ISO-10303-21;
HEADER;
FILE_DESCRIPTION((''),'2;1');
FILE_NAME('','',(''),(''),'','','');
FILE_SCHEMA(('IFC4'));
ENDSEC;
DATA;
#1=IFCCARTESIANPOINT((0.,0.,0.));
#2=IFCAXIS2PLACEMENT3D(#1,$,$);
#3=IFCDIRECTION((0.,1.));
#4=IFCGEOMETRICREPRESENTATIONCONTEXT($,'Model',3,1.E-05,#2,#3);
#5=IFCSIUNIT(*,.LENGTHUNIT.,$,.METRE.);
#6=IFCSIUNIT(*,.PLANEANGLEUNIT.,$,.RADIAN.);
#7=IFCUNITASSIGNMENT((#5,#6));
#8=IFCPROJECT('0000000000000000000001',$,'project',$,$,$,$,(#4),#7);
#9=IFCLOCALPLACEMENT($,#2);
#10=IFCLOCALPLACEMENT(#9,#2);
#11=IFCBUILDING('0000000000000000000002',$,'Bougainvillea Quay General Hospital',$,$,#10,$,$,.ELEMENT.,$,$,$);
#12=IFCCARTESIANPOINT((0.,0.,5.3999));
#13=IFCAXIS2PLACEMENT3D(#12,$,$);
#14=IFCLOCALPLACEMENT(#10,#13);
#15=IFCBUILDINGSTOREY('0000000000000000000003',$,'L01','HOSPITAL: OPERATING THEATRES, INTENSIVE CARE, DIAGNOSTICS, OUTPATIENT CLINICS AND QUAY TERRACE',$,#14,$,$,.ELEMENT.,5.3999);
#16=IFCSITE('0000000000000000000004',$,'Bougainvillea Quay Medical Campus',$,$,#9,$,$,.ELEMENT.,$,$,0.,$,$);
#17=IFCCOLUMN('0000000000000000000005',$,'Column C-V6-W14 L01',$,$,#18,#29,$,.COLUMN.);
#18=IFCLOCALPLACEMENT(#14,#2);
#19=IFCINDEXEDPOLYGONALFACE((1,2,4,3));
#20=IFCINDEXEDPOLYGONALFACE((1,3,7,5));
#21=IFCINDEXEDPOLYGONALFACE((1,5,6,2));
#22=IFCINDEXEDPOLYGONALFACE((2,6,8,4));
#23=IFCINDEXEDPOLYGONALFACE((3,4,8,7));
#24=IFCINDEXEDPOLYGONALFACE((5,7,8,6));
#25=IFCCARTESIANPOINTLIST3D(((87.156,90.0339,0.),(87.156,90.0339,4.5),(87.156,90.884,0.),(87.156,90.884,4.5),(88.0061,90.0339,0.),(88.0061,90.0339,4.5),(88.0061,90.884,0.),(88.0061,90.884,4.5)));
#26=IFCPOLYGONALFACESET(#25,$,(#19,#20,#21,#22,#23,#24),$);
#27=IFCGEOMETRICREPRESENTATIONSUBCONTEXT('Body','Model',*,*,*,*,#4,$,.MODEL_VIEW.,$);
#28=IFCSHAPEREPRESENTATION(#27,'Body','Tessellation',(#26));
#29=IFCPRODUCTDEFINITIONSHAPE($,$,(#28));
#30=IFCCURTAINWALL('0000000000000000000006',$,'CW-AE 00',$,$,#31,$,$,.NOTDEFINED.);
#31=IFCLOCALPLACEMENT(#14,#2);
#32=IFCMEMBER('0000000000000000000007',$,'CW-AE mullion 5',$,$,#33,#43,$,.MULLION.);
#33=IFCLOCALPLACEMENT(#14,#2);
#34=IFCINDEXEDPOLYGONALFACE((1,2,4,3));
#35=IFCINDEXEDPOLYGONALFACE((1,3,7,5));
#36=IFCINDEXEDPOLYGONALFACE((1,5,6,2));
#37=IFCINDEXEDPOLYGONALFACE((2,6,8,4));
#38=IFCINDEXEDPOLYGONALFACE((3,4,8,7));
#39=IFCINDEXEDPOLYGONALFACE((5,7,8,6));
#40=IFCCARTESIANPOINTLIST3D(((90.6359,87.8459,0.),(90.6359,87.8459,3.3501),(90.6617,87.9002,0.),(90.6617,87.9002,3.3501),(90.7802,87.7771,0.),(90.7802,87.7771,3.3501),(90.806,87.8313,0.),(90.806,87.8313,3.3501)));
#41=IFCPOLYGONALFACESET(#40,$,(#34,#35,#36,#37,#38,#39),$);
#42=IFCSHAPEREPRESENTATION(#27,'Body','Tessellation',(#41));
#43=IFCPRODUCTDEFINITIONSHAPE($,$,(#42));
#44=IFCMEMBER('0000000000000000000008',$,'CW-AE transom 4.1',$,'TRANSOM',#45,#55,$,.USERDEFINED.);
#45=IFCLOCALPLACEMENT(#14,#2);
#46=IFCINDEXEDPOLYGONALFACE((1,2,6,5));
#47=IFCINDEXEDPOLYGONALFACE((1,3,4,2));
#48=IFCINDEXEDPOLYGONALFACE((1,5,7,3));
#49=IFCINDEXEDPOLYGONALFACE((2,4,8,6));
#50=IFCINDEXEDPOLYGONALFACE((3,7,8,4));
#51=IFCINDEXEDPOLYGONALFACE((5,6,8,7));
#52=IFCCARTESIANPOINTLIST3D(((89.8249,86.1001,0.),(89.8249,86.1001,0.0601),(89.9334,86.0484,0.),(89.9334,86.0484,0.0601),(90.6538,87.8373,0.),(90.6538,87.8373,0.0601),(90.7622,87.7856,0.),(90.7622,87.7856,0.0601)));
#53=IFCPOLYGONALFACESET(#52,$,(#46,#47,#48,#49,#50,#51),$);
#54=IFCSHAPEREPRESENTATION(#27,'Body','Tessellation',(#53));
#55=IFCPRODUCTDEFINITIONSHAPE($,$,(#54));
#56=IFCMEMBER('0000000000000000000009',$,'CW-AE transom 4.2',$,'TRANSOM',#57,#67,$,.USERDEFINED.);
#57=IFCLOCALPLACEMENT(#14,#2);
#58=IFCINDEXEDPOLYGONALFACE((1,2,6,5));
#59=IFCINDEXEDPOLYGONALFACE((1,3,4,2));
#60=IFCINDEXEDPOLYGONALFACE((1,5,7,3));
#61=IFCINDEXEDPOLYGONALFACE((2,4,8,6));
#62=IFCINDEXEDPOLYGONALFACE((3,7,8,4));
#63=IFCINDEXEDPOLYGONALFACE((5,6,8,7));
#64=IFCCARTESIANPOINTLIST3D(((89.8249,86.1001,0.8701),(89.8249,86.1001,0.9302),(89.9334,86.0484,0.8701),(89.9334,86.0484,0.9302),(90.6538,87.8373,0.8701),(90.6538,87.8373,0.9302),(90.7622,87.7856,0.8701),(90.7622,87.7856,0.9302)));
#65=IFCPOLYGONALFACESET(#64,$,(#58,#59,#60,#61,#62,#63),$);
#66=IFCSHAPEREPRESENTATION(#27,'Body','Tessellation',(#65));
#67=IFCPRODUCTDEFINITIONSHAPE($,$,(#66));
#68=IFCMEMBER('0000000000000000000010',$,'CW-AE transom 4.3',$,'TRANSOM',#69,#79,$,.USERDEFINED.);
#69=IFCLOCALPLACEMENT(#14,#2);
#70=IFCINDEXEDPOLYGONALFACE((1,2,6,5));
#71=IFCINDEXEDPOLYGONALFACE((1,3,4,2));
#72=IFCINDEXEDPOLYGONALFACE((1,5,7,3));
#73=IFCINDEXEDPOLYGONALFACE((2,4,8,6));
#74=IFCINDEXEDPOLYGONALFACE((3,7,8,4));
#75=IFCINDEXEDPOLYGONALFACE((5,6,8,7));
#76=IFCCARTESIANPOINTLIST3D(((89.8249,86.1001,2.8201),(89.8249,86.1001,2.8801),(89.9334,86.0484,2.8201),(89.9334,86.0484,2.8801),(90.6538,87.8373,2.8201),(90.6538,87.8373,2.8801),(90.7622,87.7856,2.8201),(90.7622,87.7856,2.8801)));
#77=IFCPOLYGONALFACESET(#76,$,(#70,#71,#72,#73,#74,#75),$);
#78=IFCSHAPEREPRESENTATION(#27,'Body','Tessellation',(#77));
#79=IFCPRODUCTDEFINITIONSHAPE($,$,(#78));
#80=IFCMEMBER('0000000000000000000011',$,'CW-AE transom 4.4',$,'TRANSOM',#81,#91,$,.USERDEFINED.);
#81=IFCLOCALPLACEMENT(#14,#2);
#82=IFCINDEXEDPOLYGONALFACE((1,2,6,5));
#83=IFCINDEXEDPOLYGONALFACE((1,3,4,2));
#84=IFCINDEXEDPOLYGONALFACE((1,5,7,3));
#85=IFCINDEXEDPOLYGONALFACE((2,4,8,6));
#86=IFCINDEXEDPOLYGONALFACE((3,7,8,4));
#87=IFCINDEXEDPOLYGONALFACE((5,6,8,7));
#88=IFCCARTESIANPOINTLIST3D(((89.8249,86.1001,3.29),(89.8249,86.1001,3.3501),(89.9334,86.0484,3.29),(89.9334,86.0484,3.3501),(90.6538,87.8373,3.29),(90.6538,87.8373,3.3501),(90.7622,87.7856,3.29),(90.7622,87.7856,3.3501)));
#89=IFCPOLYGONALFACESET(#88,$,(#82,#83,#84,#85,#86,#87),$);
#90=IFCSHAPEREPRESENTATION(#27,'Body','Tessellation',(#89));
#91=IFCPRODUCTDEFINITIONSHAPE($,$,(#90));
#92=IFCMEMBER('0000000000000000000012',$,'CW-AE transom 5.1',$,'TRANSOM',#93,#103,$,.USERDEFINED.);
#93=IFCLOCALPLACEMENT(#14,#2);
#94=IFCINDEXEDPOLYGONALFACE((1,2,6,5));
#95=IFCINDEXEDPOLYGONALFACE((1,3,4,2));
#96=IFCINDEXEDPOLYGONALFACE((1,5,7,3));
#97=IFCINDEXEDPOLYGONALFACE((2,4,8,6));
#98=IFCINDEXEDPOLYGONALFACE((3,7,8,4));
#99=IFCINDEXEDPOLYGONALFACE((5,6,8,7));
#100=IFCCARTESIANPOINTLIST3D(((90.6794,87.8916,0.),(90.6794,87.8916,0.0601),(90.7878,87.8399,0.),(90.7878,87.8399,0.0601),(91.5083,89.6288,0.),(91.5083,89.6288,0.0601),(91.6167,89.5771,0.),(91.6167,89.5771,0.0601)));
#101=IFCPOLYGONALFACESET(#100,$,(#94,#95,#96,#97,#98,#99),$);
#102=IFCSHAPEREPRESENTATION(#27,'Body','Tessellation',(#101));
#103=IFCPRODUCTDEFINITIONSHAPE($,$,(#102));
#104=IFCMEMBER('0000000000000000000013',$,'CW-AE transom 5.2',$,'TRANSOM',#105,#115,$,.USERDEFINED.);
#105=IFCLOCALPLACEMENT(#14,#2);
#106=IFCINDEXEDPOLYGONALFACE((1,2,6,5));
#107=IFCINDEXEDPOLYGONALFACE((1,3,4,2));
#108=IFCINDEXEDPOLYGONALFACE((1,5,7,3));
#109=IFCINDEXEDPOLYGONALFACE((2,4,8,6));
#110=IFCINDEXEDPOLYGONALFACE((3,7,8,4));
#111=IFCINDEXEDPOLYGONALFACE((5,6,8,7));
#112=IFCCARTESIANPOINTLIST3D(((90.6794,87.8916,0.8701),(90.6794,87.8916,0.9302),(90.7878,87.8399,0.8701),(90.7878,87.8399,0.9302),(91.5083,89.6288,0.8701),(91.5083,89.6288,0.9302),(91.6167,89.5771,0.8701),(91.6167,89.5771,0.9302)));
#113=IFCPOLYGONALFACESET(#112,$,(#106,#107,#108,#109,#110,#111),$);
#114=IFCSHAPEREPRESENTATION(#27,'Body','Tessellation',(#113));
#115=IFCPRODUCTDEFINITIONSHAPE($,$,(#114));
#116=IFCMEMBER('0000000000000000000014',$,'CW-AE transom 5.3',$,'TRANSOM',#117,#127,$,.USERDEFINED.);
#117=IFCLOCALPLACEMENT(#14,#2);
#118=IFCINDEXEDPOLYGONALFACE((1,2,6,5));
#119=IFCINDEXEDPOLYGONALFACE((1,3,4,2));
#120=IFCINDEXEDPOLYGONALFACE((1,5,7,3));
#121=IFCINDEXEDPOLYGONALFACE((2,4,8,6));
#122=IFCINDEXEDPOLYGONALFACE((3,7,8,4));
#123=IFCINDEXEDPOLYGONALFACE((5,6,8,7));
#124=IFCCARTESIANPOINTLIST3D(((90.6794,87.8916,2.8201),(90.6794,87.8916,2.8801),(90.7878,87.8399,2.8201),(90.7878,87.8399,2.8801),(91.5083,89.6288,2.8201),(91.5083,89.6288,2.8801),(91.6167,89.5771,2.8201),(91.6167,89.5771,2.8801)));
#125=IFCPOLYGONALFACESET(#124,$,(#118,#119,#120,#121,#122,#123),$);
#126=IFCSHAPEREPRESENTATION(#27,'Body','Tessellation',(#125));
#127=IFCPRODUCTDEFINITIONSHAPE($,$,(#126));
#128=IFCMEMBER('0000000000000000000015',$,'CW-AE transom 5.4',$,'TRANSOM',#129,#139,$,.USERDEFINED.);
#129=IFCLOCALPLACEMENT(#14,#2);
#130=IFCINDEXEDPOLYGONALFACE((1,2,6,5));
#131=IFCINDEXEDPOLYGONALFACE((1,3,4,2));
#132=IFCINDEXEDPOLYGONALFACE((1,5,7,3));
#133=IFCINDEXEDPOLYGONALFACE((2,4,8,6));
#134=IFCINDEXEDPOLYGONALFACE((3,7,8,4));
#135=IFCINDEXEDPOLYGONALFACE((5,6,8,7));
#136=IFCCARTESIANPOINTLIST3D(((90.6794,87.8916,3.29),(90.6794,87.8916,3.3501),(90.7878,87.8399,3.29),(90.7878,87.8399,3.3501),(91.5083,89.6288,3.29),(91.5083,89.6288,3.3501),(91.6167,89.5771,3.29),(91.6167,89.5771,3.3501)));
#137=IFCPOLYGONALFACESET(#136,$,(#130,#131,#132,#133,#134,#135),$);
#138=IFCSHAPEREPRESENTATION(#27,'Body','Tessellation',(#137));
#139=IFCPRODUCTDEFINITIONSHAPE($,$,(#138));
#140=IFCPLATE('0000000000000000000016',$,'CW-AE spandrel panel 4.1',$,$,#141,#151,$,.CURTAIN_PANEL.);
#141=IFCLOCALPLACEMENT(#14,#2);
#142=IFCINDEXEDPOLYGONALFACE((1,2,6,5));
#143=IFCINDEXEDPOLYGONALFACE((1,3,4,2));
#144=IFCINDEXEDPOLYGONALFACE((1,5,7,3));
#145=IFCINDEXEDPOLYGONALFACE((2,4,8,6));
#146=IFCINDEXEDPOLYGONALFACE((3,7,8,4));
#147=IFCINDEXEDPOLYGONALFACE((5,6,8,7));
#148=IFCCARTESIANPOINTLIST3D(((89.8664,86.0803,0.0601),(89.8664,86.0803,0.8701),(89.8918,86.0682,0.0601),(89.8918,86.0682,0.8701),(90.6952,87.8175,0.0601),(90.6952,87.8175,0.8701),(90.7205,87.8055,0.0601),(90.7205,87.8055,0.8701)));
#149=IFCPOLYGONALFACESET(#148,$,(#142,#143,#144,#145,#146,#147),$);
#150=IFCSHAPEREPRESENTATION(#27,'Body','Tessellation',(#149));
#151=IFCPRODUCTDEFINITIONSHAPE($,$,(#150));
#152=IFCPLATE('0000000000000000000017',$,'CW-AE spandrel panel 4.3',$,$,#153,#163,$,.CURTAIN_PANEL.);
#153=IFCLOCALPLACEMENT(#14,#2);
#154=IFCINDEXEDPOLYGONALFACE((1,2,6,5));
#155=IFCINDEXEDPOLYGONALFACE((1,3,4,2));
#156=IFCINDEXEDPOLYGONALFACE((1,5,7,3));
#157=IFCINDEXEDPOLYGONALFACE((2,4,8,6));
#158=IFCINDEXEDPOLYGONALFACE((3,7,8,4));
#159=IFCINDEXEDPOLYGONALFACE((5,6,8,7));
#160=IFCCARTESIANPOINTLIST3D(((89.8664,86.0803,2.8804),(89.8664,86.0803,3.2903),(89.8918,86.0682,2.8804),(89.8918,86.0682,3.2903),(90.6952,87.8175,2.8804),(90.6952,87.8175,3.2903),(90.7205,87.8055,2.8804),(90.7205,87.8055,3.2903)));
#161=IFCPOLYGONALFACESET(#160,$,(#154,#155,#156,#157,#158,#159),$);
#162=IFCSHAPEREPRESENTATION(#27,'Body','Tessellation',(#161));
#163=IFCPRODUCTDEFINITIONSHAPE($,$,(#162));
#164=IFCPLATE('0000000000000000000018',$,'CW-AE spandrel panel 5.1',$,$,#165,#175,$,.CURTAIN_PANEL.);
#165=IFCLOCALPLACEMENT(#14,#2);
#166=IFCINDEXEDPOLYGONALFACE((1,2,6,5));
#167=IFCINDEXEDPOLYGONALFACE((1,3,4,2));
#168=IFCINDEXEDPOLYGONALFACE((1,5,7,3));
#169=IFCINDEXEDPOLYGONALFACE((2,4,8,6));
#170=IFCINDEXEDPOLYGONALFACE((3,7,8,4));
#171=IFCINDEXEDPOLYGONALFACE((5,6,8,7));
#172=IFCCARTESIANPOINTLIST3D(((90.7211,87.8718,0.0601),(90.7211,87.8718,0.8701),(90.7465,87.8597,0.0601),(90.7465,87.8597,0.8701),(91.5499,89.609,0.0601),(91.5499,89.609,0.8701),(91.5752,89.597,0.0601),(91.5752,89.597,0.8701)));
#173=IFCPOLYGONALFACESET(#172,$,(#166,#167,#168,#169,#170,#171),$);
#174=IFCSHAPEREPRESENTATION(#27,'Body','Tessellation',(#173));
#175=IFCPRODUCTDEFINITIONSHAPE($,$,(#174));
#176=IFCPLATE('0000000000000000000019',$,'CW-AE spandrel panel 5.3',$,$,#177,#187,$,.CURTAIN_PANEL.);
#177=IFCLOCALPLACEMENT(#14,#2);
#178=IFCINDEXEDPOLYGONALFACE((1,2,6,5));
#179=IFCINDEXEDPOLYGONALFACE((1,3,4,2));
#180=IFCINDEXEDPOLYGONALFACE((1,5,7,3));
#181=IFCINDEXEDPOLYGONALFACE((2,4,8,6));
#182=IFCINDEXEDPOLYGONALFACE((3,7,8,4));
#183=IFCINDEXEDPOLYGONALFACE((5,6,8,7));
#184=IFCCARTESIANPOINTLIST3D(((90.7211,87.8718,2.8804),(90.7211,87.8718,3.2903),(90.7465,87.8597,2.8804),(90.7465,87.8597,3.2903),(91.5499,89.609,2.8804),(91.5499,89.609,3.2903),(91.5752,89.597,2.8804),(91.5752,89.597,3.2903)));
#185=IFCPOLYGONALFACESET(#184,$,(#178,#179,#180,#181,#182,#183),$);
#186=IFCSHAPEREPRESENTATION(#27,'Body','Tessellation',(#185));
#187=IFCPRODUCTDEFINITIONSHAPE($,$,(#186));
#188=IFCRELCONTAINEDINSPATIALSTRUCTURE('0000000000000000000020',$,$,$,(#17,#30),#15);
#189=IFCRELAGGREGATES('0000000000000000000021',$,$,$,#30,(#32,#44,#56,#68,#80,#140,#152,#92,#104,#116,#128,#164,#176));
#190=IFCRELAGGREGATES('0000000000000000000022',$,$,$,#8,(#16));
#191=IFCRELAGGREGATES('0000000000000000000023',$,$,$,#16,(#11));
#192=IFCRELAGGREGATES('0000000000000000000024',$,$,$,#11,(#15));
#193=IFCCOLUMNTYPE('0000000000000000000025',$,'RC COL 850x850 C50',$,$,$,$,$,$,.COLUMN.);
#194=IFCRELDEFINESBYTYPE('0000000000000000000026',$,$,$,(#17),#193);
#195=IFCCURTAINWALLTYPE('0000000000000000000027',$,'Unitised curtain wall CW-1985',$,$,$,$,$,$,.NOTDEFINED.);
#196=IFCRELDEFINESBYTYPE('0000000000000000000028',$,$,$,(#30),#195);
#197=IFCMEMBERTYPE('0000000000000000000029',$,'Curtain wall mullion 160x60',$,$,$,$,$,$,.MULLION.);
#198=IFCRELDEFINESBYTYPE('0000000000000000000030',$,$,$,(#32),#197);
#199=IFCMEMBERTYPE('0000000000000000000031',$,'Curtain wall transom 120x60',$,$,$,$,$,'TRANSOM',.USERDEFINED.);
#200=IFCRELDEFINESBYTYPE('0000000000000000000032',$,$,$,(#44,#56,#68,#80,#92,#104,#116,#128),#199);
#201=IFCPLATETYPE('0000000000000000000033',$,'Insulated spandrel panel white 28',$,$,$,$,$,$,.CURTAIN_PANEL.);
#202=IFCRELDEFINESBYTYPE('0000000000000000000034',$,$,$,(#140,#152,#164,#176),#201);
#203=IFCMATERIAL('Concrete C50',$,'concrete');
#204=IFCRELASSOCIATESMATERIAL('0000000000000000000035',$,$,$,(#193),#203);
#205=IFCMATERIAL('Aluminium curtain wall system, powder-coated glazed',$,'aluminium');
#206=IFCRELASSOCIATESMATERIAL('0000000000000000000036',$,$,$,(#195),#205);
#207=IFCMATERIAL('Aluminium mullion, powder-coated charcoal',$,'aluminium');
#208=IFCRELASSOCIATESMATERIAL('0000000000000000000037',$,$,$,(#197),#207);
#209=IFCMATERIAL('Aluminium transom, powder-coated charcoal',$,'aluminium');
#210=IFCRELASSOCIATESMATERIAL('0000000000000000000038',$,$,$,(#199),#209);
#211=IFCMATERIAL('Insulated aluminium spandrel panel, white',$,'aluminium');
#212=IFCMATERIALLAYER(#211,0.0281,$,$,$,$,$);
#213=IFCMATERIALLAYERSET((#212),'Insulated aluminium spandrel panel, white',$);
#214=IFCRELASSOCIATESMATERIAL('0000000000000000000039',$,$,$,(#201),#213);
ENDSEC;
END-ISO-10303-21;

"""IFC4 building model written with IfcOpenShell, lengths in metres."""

from ifc_helpers import new_model, si_unit, direction, frame, origin, origin_2d, place, context, subcontext, project, spatial, rectangle, extrude, material, layer, layer_set, material_profile, profile_set, type_object, element, aggregate, save


model = new_model("IFC4")

# Units and contexts
model_context = context("Model", 3, precision=1e-05, world=origin(), true_north=direction((0.0, 1.0)))
body_context = subcontext(model_context, "Body", "Model", "MODEL_VIEW")
ifc_project = project(units=[si_unit("LENGTHUNIT", "METRE"), si_unit("PLANEANGLEUNIT", "RADIAN")], contexts=[model_context])

# Site, building, storey
site_placement = place(None, origin())
site = spatial("IfcSite", under=ifc_project, at=site_placement, Name="Bougainvillea Quay Medical Campus", CompositionType="ELEMENT", RefElevation=0.0)
building_placement = place(site_placement, origin())
building = spatial("IfcBuilding", under=site, at=building_placement, Name="Bougainvillea Quay General Hospital", CompositionType="ELEMENT")
storey_placement = place(building_placement, frame((0.0, 0.0, 5.3999)))
storey = spatial("IfcBuildingStorey", under=building, at=storey_placement, Name="L01", Description="HOSPITAL: OPERATING THEATRES, INTENSIVE CARE, DIAGNOSTICS, OUTPATIENT CLINICS AND QUAY TERRACE", CompositionType="ELEMENT", Elevation=5.3999)

# Column
ifc_material_1 = material(Name="Concrete C50", Category="concrete")
ifc_material_profile_1 = material_profile(ifc_material_1, rectangle(XDim=0.8501, YDim=0.8501, at=origin_2d()))
ifc_profile_set_1 = profile_set([ifc_material_profile_1], Name="Concrete C50")
column_type = type_object("IfcColumnType", Name="RC COL 850x850 C50", PredefinedType="COLUMN", material=ifc_profile_set_1)
column_placement = place(storey_placement, frame((87.5811, 90.459, 0.0), z_axis=(0.0, 0.0, 1.0), x_axis=(1.0, 0.0, 0.0)))
element("IfcColumn", 1, at=column_placement, inside=storey, type_object=column_type, Name="Column C-V6-W14 L01", PredefinedType="COLUMN", context=body_context, shape_type="SweptSolid", body=[
    extrude(rectangle(XDim=0.8501, YDim=0.8501, at=origin_2d()), origin(), (0.0, 0.0, 1.0), 4.5),
])

# Curtain wall, members, plates
ifc_material_2 = material(Name="Aluminium curtain wall system, powder-coated glazed", Category="aluminium")
curtain_wall_type = type_object("IfcCurtainWallType", Name="Unitised curtain wall CW-1985", PredefinedType="NOTDEFINED", material=ifc_material_2)
curtain_wall_placement = place(storey_placement, origin())
curtain_wall = element("IfcCurtainWall", 2, at=curtain_wall_placement, inside=storey, type_object=curtain_wall_type, Name="CW-AE 00", PredefinedType="NOTDEFINED")
ifc_material_3 = material(Name="Aluminium mullion, powder-coated charcoal", Category="aluminium")
ifc_material_profile_2 = material_profile(ifc_material_3, rectangle(XDim=0.1599, YDim=0.0601, at=origin_2d()))
ifc_profile_set_2 = profile_set([ifc_material_profile_2], Name="Aluminium mullion, powder-coated charcoal")
member_type_1 = type_object("IfcMemberType", Name="Curtain wall mullion 160x60", PredefinedType="MULLION", material=ifc_profile_set_2)
member_1_placement = place(storey_placement, frame((90.7209, 87.8386, 0.0), z_axis=(0.0, 0.0, 1.0), x_axis=(-0.902561, 0.430563, 0.0)))
member_1 = element("IfcMember", 3, at=member_1_placement, type_object=member_type_1, Name="CW-AE mullion 5", PredefinedType="MULLION", context=body_context, shape_type="SweptSolid", body=[
    extrude(rectangle(XDim=0.1599, YDim=0.0601, at=origin_2d()), origin(), (0.0, 0.0, 1.0), 3.3501),
])
ifc_material_4 = material(Name="Aluminium transom, powder-coated charcoal", Category="aluminium")
ifc_material_profile_3 = material_profile(ifc_material_4, rectangle(XDim=0.1201, YDim=0.0601, at=origin_2d()))
ifc_profile_set_3 = profile_set([ifc_material_profile_3], Name="Aluminium transom, powder-coated charcoal")
member_type_2 = type_object("IfcMemberType", Name="Curtain wall transom 120x60", ElementType="TRANSOM", PredefinedType="USERDEFINED", material=ifc_profile_set_3)
member_2_placement = place(storey_placement, frame((89.8792, 86.0742, 0.03), z_axis=(0.430598, 0.902544, 0.0), x_axis=(-0.902544, 0.430598, 0.0)))
member_2 = element("IfcMember", 4, at=member_2_placement, type_object=member_type_2, Name="CW-AE transom 4.1", ObjectType="TRANSOM", PredefinedType="USERDEFINED", context=body_context, shape_type="SweptSolid", body=[
    extrude(rectangle(XDim=0.1201, YDim=0.0601, at=origin_2d()), origin(), (0.0, 0.0, 1.0), 1.9248),
])
member_3_placement = place(storey_placement, frame((89.8792, 86.0742, 0.9001), z_axis=(0.430598, 0.902544, 0.0), x_axis=(-0.902544, 0.430598, 0.0)))
member_3 = element("IfcMember", 5, at=member_3_placement, type_object=member_type_2, Name="CW-AE transom 4.2", ObjectType="TRANSOM", PredefinedType="USERDEFINED", context=body_context, shape_type="SweptSolid", body=[
    extrude(rectangle(XDim=0.1201, YDim=0.0601, at=origin_2d()), origin(), (0.0, 0.0, 1.0), 1.9248),
])
member_4_placement = place(storey_placement, frame((89.8792, 86.0742, 2.8501), z_axis=(0.430598, 0.902544, 0.0), x_axis=(-0.902544, 0.430598, 0.0)))
member_4 = element("IfcMember", 6, at=member_4_placement, type_object=member_type_2, Name="CW-AE transom 4.3", ObjectType="TRANSOM", PredefinedType="USERDEFINED", context=body_context, shape_type="SweptSolid", body=[
    extrude(rectangle(XDim=0.1201, YDim=0.0601, at=origin_2d()), origin(), (0.0, 0.0, 1.0), 1.9248),
])
member_5_placement = place(storey_placement, frame((89.8792, 86.0742, 3.3201), z_axis=(0.430598, 0.902544, 0.0), x_axis=(-0.902544, 0.430598, 0.0)))
member_5 = element("IfcMember", 7, at=member_5_placement, type_object=member_type_2, Name="CW-AE transom 4.4", ObjectType="TRANSOM", PredefinedType="USERDEFINED", context=body_context, shape_type="SweptSolid", body=[
    extrude(rectangle(XDim=0.1201, YDim=0.0601, at=origin_2d()), origin(), (0.0, 0.0, 1.0), 1.9248),
])
member_6_placement = place(storey_placement, frame((90.7336, 87.8657, 0.03), z_axis=(0.430598, 0.902544, 0.0), x_axis=(-0.902544, 0.430598, 0.0)))
member_6 = element("IfcMember", 8, at=member_6_placement, type_object=member_type_2, Name="CW-AE transom 5.1", ObjectType="TRANSOM", PredefinedType="USERDEFINED", context=body_context, shape_type="SweptSolid", body=[
    extrude(rectangle(XDim=0.1201, YDim=0.0601, at=origin_2d()), origin(), (0.0, 0.0, 1.0), 1.9248),
])
member_7_placement = place(storey_placement, frame((90.7336, 87.8657, 0.9001), z_axis=(0.430598, 0.902544, 0.0), x_axis=(-0.902544, 0.430598, 0.0)))
member_7 = element("IfcMember", 9, at=member_7_placement, type_object=member_type_2, Name="CW-AE transom 5.2", ObjectType="TRANSOM", PredefinedType="USERDEFINED", context=body_context, shape_type="SweptSolid", body=[
    extrude(rectangle(XDim=0.1201, YDim=0.0601, at=origin_2d()), origin(), (0.0, 0.0, 1.0), 1.9248),
])
member_8_placement = place(storey_placement, frame((90.7336, 87.8657, 2.8501), z_axis=(0.430598, 0.902544, 0.0), x_axis=(-0.902544, 0.430598, 0.0)))
member_8 = element("IfcMember", 10, at=member_8_placement, type_object=member_type_2, Name="CW-AE transom 5.3", ObjectType="TRANSOM", PredefinedType="USERDEFINED", context=body_context, shape_type="SweptSolid", body=[
    extrude(rectangle(XDim=0.1201, YDim=0.0601, at=origin_2d()), origin(), (0.0, 0.0, 1.0), 1.9248),
])
member_9_placement = place(storey_placement, frame((90.7336, 87.8657, 3.3201), z_axis=(0.430598, 0.902544, 0.0), x_axis=(-0.902544, 0.430598, 0.0)))
member_9 = element("IfcMember", 11, at=member_9_placement, type_object=member_type_2, Name="CW-AE transom 5.4", ObjectType="TRANSOM", PredefinedType="USERDEFINED", context=body_context, shape_type="SweptSolid", body=[
    extrude(rectangle(XDim=0.1201, YDim=0.0601, at=origin_2d()), origin(), (0.0, 0.0, 1.0), 1.9248),
])
ifc_material_5 = material(Name="Insulated aluminium spandrel panel, white", Category="aluminium")
ifc_layer_1 = layer(ifc_material_5, 0.0281)
ifc_layer_set_1 = layer_set([ifc_layer_1], Name="Insulated aluminium spandrel panel, white")
plate_type_1 = type_object("IfcPlateType", Name="Insulated spandrel panel white 28", PredefinedType="CURTAIN_PANEL", material=ifc_layer_set_1)
plate_1_placement = place(storey_placement, frame((90.2935, 86.9429, 0.0601), z_axis=(0.0, 0.0, 1.0), x_axis=(0.430563, 0.902561, 0.0)))
plate_1 = element("IfcPlate", 12, at=plate_1_placement, type_object=plate_type_1, Name="CW-AE spandrel panel 4.1", PredefinedType="CURTAIN_PANEL", context=body_context, shape_type="SweptSolid", body=[
    extrude(rectangle(XDim=1.9248, YDim=0.0281, at=origin_2d()), origin(), (0.0, 0.0, 1.0), 0.8101),
])
plate_2_placement = place(storey_placement, frame((90.2935, 86.9429, 2.8804), z_axis=(0.0, 0.0, 1.0), x_axis=(0.430563, 0.902561, 0.0)))
plate_2 = element("IfcPlate", 13, at=plate_2_placement, type_object=plate_type_1, Name="CW-AE spandrel panel 4.3", PredefinedType="CURTAIN_PANEL", context=body_context, shape_type="SweptSolid", body=[
    extrude(rectangle(XDim=1.9248, YDim=0.0281, at=origin_2d()), origin(), (0.0, 0.0, 1.0), 0.4099),
])
plate_3_placement = place(storey_placement, frame((91.1482, 88.7344, 0.0601), z_axis=(0.0, 0.0, 1.0), x_axis=(0.430563, 0.902561, 0.0)))
plate_3 = element("IfcPlate", 14, at=plate_3_placement, type_object=plate_type_1, Name="CW-AE spandrel panel 5.1", PredefinedType="CURTAIN_PANEL", context=body_context, shape_type="SweptSolid", body=[
    extrude(rectangle(XDim=1.9248, YDim=0.0281, at=origin_2d()), origin(), (0.0, 0.0, 1.0), 0.8101),
])
plate_4_placement = place(storey_placement, frame((91.1482, 88.7344, 2.8804), z_axis=(0.0, 0.0, 1.0), x_axis=(0.430563, 0.902561, 0.0)))
plate_4 = element("IfcPlate", 15, at=plate_4_placement, type_object=plate_type_1, Name="CW-AE spandrel panel 5.3", PredefinedType="CURTAIN_PANEL", context=body_context, shape_type="SweptSolid", body=[
    extrude(rectangle(XDim=1.9248, YDim=0.0281, at=origin_2d()), origin(), (0.0, 0.0, 1.0), 0.4099),
])
aggregate(curtain_wall, [member_1, member_2, member_3, member_4, member_5, plate_1, plate_2, member_6, member_7, member_8, member_9, plate_3, plate_4])

save(model, "model.ifc")
